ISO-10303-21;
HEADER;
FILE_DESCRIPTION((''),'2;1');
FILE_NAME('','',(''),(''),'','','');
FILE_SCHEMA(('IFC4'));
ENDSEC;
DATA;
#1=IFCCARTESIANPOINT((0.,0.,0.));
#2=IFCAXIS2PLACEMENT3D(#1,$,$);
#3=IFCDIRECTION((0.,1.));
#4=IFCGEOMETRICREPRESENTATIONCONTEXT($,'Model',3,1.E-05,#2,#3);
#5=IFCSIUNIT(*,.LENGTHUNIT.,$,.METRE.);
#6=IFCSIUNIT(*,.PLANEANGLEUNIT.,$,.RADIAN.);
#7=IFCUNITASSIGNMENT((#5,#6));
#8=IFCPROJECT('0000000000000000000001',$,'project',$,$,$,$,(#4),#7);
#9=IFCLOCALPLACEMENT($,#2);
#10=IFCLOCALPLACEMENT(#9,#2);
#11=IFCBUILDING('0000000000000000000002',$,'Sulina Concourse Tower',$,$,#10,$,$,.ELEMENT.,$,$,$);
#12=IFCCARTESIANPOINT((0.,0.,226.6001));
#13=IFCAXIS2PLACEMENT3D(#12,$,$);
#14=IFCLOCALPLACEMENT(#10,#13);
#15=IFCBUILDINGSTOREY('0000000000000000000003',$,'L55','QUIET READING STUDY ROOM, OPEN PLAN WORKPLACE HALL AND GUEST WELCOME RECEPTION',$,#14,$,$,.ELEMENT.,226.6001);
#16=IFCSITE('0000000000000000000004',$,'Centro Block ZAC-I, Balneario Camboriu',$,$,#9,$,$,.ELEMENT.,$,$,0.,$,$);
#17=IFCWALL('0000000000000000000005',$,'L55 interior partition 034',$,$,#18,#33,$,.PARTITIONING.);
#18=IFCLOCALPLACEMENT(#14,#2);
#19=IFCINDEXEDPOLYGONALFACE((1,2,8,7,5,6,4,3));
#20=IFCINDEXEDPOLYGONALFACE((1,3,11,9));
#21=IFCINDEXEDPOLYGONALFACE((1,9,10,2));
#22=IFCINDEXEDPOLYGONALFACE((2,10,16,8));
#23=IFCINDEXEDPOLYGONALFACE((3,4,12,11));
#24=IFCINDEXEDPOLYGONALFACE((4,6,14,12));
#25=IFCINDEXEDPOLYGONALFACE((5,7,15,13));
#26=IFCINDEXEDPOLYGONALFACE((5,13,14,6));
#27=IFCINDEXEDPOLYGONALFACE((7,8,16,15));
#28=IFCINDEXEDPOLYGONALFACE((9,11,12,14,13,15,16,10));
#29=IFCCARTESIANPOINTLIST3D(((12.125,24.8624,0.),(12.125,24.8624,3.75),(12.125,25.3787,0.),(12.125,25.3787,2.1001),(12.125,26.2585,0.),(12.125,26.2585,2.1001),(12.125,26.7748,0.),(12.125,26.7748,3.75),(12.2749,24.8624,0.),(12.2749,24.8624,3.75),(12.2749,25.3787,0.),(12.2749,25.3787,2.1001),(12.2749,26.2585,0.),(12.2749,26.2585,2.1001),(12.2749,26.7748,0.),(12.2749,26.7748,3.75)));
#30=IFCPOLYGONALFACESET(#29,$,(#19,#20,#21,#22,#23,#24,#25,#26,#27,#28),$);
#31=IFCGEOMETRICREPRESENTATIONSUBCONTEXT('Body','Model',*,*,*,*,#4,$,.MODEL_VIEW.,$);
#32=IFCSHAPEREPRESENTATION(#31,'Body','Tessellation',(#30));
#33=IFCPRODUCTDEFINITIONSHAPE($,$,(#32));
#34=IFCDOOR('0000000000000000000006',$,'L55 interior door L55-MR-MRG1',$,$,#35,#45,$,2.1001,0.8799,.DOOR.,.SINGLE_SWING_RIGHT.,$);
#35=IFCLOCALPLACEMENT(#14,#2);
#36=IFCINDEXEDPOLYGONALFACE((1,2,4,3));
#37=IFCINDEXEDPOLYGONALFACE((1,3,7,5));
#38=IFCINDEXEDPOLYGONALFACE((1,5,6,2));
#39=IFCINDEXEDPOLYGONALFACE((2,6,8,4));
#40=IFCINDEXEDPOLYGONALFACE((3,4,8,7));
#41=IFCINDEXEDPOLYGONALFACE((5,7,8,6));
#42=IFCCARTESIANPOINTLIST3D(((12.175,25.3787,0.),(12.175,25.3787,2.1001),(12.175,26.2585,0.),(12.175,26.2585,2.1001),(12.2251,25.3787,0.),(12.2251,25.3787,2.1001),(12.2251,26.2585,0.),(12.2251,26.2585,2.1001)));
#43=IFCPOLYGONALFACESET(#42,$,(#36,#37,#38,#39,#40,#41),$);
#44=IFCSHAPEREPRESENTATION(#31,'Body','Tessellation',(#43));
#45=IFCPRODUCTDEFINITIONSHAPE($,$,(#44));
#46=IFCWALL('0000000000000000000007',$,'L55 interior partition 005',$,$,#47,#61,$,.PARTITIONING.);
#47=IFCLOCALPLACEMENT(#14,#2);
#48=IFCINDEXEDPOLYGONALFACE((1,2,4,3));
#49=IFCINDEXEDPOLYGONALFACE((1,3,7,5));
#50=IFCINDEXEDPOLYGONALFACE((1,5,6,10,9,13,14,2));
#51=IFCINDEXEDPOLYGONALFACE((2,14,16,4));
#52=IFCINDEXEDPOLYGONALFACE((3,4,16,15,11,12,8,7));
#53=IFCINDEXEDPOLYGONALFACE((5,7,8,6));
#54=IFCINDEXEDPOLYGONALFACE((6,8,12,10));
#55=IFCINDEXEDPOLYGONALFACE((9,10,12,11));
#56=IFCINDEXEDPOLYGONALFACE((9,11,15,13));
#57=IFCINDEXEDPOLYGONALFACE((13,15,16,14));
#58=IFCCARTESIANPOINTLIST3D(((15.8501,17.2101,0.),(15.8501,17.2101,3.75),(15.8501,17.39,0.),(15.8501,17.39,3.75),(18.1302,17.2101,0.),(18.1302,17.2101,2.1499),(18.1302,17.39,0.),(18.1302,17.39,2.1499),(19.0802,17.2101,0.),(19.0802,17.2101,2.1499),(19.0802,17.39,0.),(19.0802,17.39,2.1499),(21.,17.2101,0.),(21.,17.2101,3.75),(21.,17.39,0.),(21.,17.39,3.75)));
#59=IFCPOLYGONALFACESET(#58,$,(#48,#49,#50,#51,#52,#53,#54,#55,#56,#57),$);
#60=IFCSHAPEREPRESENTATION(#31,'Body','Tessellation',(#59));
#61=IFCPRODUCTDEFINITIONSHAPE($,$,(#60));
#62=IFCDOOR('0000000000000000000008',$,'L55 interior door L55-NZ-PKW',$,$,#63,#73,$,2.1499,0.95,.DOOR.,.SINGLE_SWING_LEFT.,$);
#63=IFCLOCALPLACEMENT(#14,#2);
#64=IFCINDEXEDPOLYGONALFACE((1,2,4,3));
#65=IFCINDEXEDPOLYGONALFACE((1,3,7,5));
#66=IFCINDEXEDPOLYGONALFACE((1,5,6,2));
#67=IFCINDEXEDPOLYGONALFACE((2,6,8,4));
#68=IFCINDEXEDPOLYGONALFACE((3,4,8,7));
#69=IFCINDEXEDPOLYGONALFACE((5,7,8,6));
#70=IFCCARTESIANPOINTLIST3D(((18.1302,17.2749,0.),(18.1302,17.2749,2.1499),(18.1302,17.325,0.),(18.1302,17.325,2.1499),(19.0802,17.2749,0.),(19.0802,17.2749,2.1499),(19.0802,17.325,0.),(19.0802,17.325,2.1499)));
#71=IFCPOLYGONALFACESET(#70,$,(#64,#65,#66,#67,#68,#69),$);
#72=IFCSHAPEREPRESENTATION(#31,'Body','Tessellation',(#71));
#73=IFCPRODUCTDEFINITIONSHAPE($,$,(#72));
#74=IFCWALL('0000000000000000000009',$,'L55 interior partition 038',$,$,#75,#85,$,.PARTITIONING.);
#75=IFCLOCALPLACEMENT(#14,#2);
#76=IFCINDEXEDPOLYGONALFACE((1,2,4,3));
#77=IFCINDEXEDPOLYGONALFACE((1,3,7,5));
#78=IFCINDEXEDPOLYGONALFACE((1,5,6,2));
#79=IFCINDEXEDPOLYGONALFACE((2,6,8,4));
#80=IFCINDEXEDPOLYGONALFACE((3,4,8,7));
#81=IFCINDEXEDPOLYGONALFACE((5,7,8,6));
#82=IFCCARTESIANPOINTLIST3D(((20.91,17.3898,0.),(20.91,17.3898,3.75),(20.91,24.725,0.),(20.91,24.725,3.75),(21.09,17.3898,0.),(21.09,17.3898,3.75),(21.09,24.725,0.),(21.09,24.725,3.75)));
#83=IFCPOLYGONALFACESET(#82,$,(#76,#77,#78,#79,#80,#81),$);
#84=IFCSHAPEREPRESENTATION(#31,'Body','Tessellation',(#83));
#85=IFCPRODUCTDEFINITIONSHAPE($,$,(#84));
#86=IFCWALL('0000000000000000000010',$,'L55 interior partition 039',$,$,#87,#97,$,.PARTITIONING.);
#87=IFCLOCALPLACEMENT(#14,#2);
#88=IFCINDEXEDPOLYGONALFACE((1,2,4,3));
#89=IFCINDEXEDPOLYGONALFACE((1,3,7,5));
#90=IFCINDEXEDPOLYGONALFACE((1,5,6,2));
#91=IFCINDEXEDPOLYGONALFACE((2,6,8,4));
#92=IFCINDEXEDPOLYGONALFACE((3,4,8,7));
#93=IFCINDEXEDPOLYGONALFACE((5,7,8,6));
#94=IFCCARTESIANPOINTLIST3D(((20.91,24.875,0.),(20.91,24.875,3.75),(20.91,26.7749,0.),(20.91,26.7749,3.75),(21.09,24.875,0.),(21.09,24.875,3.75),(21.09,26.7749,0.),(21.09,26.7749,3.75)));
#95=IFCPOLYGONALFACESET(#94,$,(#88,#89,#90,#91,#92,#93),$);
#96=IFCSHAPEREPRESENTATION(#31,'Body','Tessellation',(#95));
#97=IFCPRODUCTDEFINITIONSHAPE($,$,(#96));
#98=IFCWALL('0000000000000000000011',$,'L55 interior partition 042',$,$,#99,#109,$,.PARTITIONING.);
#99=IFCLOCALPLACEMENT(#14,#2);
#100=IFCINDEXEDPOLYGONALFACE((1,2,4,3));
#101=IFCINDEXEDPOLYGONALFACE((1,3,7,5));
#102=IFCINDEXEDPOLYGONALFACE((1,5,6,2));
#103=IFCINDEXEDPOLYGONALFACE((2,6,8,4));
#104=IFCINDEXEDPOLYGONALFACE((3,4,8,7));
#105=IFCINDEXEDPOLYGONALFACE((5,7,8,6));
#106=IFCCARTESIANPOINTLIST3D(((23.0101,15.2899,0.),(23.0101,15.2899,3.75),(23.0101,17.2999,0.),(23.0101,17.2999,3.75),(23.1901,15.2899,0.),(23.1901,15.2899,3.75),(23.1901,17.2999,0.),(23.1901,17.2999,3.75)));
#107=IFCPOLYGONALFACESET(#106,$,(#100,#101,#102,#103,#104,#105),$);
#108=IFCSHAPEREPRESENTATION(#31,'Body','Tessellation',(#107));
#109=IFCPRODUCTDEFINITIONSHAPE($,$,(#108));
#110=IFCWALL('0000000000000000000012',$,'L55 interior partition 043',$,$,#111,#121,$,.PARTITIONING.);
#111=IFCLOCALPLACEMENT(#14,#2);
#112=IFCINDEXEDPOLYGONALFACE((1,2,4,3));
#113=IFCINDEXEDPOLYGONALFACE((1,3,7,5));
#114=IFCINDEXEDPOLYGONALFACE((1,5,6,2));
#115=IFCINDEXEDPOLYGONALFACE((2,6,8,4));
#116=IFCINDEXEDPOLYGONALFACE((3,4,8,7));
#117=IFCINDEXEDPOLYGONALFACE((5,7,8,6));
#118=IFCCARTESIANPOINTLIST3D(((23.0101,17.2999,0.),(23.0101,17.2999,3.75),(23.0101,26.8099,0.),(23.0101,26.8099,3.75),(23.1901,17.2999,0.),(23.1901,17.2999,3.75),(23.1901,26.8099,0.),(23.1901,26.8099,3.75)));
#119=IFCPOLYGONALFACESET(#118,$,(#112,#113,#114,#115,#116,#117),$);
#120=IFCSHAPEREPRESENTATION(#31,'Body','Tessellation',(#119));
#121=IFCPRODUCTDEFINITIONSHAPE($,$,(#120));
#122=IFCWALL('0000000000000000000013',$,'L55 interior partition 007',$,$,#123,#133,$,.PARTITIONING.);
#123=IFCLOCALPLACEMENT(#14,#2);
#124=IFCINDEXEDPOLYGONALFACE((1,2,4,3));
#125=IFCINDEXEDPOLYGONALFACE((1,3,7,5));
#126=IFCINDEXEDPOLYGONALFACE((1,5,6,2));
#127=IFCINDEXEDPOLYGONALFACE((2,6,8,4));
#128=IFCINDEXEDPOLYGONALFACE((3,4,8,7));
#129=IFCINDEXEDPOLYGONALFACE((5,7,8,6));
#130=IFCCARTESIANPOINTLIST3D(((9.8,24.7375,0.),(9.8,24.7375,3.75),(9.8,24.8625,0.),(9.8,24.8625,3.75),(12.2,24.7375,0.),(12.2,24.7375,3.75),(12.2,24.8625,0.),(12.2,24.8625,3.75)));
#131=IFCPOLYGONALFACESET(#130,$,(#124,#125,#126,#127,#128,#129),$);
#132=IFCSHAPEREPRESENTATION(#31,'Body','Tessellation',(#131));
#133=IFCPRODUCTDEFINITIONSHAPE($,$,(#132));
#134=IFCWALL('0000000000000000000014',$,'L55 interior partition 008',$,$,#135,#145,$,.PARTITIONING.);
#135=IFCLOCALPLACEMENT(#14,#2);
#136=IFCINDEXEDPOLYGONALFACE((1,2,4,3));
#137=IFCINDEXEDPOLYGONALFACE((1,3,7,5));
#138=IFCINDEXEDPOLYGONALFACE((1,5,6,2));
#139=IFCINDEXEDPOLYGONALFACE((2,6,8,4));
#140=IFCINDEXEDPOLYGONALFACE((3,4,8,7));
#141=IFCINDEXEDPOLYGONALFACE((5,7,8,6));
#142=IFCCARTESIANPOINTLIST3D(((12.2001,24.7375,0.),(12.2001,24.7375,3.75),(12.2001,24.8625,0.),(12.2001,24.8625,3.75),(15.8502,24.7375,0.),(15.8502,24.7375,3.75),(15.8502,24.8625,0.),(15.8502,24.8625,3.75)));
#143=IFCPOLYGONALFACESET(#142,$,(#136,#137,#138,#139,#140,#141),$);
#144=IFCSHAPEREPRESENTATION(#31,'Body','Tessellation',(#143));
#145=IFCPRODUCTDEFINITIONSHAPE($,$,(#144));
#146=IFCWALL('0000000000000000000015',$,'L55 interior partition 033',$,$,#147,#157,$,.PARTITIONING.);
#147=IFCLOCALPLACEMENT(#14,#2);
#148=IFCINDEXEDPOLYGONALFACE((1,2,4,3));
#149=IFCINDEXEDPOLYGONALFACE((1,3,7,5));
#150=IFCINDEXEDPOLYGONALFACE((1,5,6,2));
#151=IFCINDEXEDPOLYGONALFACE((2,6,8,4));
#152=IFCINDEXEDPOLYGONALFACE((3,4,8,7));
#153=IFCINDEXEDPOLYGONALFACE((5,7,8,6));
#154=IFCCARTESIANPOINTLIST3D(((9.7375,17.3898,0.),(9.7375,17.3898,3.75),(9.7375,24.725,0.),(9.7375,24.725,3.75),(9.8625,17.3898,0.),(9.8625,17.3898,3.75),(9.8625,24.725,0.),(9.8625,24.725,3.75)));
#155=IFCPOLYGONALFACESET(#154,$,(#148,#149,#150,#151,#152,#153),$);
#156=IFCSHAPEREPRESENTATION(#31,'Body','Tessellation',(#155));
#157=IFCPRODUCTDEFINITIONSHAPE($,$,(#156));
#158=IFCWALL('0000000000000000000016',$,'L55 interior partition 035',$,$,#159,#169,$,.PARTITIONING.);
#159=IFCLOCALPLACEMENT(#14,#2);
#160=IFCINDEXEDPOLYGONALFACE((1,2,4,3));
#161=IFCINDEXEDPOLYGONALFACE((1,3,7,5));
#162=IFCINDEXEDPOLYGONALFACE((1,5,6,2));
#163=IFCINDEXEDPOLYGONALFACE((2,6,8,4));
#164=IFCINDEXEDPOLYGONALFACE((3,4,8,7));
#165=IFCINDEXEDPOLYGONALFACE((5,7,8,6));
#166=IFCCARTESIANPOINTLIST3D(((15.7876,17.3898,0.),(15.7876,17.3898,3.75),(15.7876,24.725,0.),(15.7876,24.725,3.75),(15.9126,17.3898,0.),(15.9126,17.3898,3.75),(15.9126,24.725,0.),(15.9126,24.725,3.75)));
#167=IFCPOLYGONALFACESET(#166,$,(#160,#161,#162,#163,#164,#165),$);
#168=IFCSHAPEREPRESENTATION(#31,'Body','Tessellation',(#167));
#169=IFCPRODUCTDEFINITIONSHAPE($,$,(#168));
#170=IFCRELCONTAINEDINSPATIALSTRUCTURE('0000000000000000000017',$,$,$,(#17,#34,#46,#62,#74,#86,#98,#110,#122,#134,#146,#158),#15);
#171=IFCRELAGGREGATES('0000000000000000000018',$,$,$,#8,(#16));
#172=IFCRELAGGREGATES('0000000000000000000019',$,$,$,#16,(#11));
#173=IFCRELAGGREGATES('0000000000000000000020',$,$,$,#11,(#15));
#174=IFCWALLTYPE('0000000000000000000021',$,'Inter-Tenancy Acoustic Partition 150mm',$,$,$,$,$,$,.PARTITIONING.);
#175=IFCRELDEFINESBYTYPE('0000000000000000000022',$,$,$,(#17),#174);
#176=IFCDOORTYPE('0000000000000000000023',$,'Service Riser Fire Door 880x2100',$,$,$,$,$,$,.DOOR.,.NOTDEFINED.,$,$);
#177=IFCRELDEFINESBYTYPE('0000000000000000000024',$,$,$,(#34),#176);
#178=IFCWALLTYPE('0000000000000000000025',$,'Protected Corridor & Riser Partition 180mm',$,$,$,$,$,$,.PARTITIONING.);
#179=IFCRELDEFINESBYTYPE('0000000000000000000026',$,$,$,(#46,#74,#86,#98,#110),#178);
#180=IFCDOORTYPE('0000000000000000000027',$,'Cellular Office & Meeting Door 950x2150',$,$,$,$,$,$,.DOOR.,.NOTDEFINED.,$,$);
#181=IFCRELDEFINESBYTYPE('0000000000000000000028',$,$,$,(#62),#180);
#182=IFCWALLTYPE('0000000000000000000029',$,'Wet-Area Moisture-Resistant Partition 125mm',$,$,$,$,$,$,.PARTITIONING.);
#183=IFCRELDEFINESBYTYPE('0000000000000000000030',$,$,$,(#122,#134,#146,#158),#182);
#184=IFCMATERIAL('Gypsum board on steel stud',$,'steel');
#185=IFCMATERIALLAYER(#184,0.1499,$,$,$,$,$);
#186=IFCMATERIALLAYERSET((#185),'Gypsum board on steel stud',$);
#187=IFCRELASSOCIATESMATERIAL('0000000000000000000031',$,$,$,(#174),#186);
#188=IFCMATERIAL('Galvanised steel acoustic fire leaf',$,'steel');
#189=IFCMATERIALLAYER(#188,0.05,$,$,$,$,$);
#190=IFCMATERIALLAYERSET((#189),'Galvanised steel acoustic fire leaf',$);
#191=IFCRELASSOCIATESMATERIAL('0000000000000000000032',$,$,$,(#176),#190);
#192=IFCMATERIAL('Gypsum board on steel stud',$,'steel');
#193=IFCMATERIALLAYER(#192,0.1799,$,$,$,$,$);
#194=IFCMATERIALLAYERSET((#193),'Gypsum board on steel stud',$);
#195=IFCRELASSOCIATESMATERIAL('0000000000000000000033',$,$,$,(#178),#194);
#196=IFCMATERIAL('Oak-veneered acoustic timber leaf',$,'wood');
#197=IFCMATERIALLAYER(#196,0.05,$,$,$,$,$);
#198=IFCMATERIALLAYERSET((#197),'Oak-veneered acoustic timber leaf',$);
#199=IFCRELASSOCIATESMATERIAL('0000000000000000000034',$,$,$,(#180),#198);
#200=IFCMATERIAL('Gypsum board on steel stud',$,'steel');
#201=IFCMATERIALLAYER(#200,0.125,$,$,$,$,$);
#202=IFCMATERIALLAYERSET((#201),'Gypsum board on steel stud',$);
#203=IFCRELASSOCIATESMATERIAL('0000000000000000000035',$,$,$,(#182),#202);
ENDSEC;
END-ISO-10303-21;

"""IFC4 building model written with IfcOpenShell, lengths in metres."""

from ifc_helpers import new_model, si_unit, direction, frame, frame_2d, origin, place, context, subcontext, project, spatial, rectangle, extrude, material, layer, layer_set, type_object, element, fill, save


model = new_model("IFC4")

# Units and contexts
model_context = context("Model", 3, precision=1e-05, world=origin(), true_north=direction((0.0, 1.0)))
body_context = subcontext(model_context, "Body", "Model", "MODEL_VIEW")
ifc_project = project(units=[si_unit("LENGTHUNIT", "METRE"), si_unit("PLANEANGLEUNIT", "RADIAN")], contexts=[model_context])

# Site, building, storey
site_placement = place(None, origin())
site = spatial("IfcSite", under=ifc_project, at=site_placement, Name="Centro Block ZAC-I, Balneario Camboriu", CompositionType="ELEMENT", RefElevation=0.0)
building_placement = place(site_placement, origin())
building = spatial("IfcBuilding", under=site, at=building_placement, Name="Sulina Concourse Tower", CompositionType="ELEMENT")
storey_placement = place(building_placement, frame((0.0, 0.0, 226.6001)))
storey = spatial("IfcBuildingStorey", under=building, at=storey_placement, Name="L55", Description="QUIET READING STUDY ROOM, OPEN PLAN WORKPLACE HALL AND GUEST WELCOME RECEPTION", CompositionType="ELEMENT", Elevation=226.6001)

# Shared definitions
ifc_material_1 = material(Name="Gypsum board on steel stud", Category="steel")
ifc_layer_1 = layer(ifc_material_1, 0.1499)
ifc_layer_set_1 = layer_set([ifc_layer_1], Name="Gypsum board on steel stud")
wall_type_1 = type_object("IfcWallType", Name="Inter-Tenancy Acoustic Partition 150mm", PredefinedType="PARTITIONING", material=ifc_layer_set_1)

# Walls, openings, doors
wall_1_placement = place(storey_placement, frame((12.2, 24.8625, 0.0), z_axis=(0.0, 0.0, 1.0), x_axis=(0.0, 1.0, 0.0)))
wall_1 = element("IfcWall", 1, at=wall_1_placement, inside=storey, type_object=wall_type_1, Name="L55 interior partition 034", PredefinedType="PARTITIONING", context=body_context, shape_type="SweptSolid", body=[
    extrude(rectangle(XDim=1.9124, YDim=0.1499, at=frame_2d((0.9561, 0.0))), origin(), (0.0, 0.0, 1.0), 3.75),
])
opening_1_placement = place(wall_1_placement, frame((0.5161, 0.0, 0.0)))
opening_1 = element("IfcOpeningElement", 2, at=opening_1_placement, cuts=wall_1, PredefinedType="OPENING", context=body_context, shape_type="SweptSolid", body=[
    extrude(rectangle(XDim=0.8799, YDim=2.1001, at=frame_2d((0.4399, 1.05))), frame((0.0, 0.085, 0.0), z_axis=(0.0, -1.0, 0.0), x_axis=(1.0, 0.0, 0.0)), (0.0, 0.0, 1.0), 0.1699),
])
ifc_material_2 = material(Name="Galvanised steel acoustic fire leaf", Category="steel")
ifc_layer_2 = layer(ifc_material_2, 0.05)
ifc_layer_set_2 = layer_set([ifc_layer_2], Name="Galvanised steel acoustic fire leaf")
door_type_1 = type_object("IfcDoorType", Name="Service Riser Fire Door 880x2100", OperationType="NOTDEFINED", PredefinedType="DOOR", material=ifc_layer_set_2)
door_1_placement = place(opening_1_placement, origin())
door_1 = element("IfcDoor", 3, at=door_1_placement, inside=storey, type_object=door_type_1, Name="L55 interior door L55-MR-MRG1", OperationType="SINGLE_SWING_RIGHT", OverallHeight=2.1001, OverallWidth=0.8799, PredefinedType="DOOR", context=body_context, shape_type="SweptSolid", body=[
    extrude(rectangle(XDim=0.8799, YDim=2.1001, at=frame_2d((0.4399, 1.05))), frame((0.0, 0.0249, 0.0), z_axis=(0.0, -1.0, 0.0), x_axis=(1.0, 0.0, 0.0)), (0.0, 0.0, 1.0), 0.05),
])
fill(opening_1, door_1)
ifc_material_3 = material(Name="Gypsum board on steel stud", Category="steel")
ifc_layer_3 = layer(ifc_material_3, 0.1799)
ifc_layer_set_3 = layer_set([ifc_layer_3], Name="Gypsum board on steel stud")
wall_type_2 = type_object("IfcWallType", Name="Protected Corridor & Riser Partition 180mm", PredefinedType="PARTITIONING", material=ifc_layer_set_3)
wall_2_placement = place(storey_placement, frame((15.8501, 17.3, 0.0), z_axis=(0.0, 0.0, 1.0), x_axis=(1.0, 0.0, 0.0)))
wall_2 = element("IfcWall", 4, at=wall_2_placement, inside=storey, type_object=wall_type_2, Name="L55 interior partition 005", PredefinedType="PARTITIONING", context=body_context, shape_type="SweptSolid", body=[
    extrude(rectangle(XDim=5.1499, YDim=0.1799, at=frame_2d((2.575, 0.0))), origin(), (0.0, 0.0, 1.0), 3.75),
])
opening_2_placement = place(wall_2_placement, frame((2.28, 0.0, 0.0)))
opening_2 = element("IfcOpeningElement", 5, at=opening_2_placement, cuts=wall_2, PredefinedType="OPENING", context=body_context, shape_type="SweptSolid", body=[
    extrude(rectangle(XDim=0.95, YDim=2.1499, at=frame_2d((0.4751, 1.075))), frame((0.0, 0.0999, 0.0), z_axis=(0.0, -1.0, 0.0), x_axis=(1.0, 0.0, 0.0)), (0.0, 0.0, 1.0), 0.2),
])
ifc_material_4 = material(Name="Oak-veneered acoustic timber leaf", Category="wood")
ifc_layer_4 = layer(ifc_material_4, 0.05)
ifc_layer_set_4 = layer_set([ifc_layer_4], Name="Oak-veneered acoustic timber leaf")
door_type_2 = type_object("IfcDoorType", Name="Cellular Office & Meeting Door 950x2150", OperationType="NOTDEFINED", PredefinedType="DOOR", material=ifc_layer_set_4)
door_2_placement = place(opening_2_placement, origin())
door_2 = element("IfcDoor", 6, at=door_2_placement, inside=storey, type_object=door_type_2, Name="L55 interior door L55-NZ-PKW", OperationType="SINGLE_SWING_LEFT", OverallHeight=2.1499, OverallWidth=0.95, PredefinedType="DOOR", context=body_context, shape_type="SweptSolid", body=[
    extrude(rectangle(XDim=0.95, YDim=2.1499, at=frame_2d((0.4751, 1.075))), frame((0.0, 0.0249, 0.0), z_axis=(0.0, -1.0, 0.0), x_axis=(1.0, 0.0, 0.0)), (0.0, 0.0, 1.0), 0.05),
])
fill(opening_2, door_2)

# Walls
wall_3_placement = place(storey_placement, frame((21.0, 17.3899, 0.0), z_axis=(0.0, 0.0, 1.0), x_axis=(0.0, 1.0, 0.0)))
element("IfcWall", 7, at=wall_3_placement, inside=storey, type_object=wall_type_2, Name="L55 interior partition 038", PredefinedType="PARTITIONING", context=body_context, shape_type="SweptSolid", body=[
    extrude(rectangle(XDim=7.3352, YDim=0.1799, at=frame_2d((3.6675, 0.0))), origin(), (0.0, 0.0, 1.0), 3.75),
])
wall_4_placement = place(storey_placement, frame((21.0, 24.875, 0.0), z_axis=(0.0, 0.0, 1.0), x_axis=(0.0, 1.0, 0.0)))
element("IfcWall", 8, at=wall_4_placement, inside=storey, type_object=wall_type_2, Name="L55 interior partition 039", PredefinedType="PARTITIONING", context=body_context, shape_type="SweptSolid", body=[
    extrude(rectangle(XDim=1.8999, YDim=0.1799, at=frame_2d((0.95, 0.0))), origin(), (0.0, 0.0, 1.0), 3.75),
])
wall_5_placement = place(storey_placement, frame((23.1001, 15.29, 0.0), z_axis=(0.0, 0.0, 1.0), x_axis=(0.0, 1.0, 0.0)))
element("IfcWall", 9, at=wall_5_placement, inside=storey, type_object=wall_type_2, Name="L55 interior partition 042", PredefinedType="PARTITIONING", context=body_context, shape_type="SweptSolid", body=[
    extrude(rectangle(XDim=2.01, YDim=0.1799, at=frame_2d((1.0049, 0.0))), origin(), (0.0, 0.0, 1.0), 3.75),
])
wall_6_placement = place(storey_placement, frame((23.1001, 17.3, 0.0), z_axis=(0.0, 0.0, 1.0), x_axis=(0.0, 1.0, 0.0)))
element("IfcWall", 10, at=wall_6_placement, inside=storey, type_object=wall_type_2, Name="L55 interior partition 043", PredefinedType="PARTITIONING", context=body_context, shape_type="SweptSolid", body=[
    extrude(rectangle(XDim=9.51, YDim=0.1799, at=frame_2d((4.7549, 0.0))), origin(), (0.0, 0.0, 1.0), 3.75),
])
ifc_material_5 = material(Name="Gypsum board on steel stud", Category="steel")
ifc_layer_5 = layer(ifc_material_5, 0.125)
ifc_layer_set_5 = layer_set([ifc_layer_5], Name="Gypsum board on steel stud")
wall_type_3 = type_object("IfcWallType", Name="Wet-Area Moisture-Resistant Partition 125mm", PredefinedType="PARTITIONING", material=ifc_layer_set_5)
wall_7_placement = place(storey_placement, frame((9.8, 24.8, 0.0), z_axis=(0.0, 0.0, 1.0), x_axis=(1.0, 0.0, 0.0)))
element("IfcWall", 11, at=wall_7_placement, inside=storey, type_object=wall_type_3, Name="L55 interior partition 007", PredefinedType="PARTITIONING", context=body_context, shape_type="SweptSolid", body=[
    extrude(rectangle(XDim=2.3999, YDim=0.125, at=frame_2d((1.2, 0.0))), origin(), (0.0, 0.0, 1.0), 3.75),
])
wall_8_placement = place(storey_placement, frame((12.2, 24.8, 0.0), z_axis=(0.0, 0.0, 1.0), x_axis=(1.0, 0.0, 0.0)))
element("IfcWall", 12, at=wall_8_placement, inside=storey, type_object=wall_type_3, Name="L55 interior partition 008", PredefinedType="PARTITIONING", context=body_context, shape_type="SweptSolid", body=[
    extrude(rectangle(XDim=3.6501, YDim=0.125, at=frame_2d((1.8252, 0.0))), origin(), (0.0, 0.0, 1.0), 3.75),
])
for number, where, z_axis, x_axis, name in (
    (13, (9.8, 17.3899, 0.0), (0.0, 0.0, 1.0), (0.0, 1.0, 0.0), "L55 interior partition 033"),
    (14, (15.8501, 17.3899, 0.0), (0.0, 0.0, 1.0), (0.0, 1.0, 0.0), "L55 interior partition 035"),
):
    element("IfcWall", number, at=place(storey_placement, frame(where, z_axis=z_axis, x_axis=x_axis)), inside=storey, type_object=wall_type_3, Name=name, PredefinedType="PARTITIONING", context=body_context, shape_type="SweptSolid", body=[
        extrude(rectangle(XDim=7.3352, YDim=0.125, at=frame_2d((3.6675, 0.0))), origin(), (0.0, 0.0, 1.0), 3.75),
    ])

save(model, "model.ifc")
